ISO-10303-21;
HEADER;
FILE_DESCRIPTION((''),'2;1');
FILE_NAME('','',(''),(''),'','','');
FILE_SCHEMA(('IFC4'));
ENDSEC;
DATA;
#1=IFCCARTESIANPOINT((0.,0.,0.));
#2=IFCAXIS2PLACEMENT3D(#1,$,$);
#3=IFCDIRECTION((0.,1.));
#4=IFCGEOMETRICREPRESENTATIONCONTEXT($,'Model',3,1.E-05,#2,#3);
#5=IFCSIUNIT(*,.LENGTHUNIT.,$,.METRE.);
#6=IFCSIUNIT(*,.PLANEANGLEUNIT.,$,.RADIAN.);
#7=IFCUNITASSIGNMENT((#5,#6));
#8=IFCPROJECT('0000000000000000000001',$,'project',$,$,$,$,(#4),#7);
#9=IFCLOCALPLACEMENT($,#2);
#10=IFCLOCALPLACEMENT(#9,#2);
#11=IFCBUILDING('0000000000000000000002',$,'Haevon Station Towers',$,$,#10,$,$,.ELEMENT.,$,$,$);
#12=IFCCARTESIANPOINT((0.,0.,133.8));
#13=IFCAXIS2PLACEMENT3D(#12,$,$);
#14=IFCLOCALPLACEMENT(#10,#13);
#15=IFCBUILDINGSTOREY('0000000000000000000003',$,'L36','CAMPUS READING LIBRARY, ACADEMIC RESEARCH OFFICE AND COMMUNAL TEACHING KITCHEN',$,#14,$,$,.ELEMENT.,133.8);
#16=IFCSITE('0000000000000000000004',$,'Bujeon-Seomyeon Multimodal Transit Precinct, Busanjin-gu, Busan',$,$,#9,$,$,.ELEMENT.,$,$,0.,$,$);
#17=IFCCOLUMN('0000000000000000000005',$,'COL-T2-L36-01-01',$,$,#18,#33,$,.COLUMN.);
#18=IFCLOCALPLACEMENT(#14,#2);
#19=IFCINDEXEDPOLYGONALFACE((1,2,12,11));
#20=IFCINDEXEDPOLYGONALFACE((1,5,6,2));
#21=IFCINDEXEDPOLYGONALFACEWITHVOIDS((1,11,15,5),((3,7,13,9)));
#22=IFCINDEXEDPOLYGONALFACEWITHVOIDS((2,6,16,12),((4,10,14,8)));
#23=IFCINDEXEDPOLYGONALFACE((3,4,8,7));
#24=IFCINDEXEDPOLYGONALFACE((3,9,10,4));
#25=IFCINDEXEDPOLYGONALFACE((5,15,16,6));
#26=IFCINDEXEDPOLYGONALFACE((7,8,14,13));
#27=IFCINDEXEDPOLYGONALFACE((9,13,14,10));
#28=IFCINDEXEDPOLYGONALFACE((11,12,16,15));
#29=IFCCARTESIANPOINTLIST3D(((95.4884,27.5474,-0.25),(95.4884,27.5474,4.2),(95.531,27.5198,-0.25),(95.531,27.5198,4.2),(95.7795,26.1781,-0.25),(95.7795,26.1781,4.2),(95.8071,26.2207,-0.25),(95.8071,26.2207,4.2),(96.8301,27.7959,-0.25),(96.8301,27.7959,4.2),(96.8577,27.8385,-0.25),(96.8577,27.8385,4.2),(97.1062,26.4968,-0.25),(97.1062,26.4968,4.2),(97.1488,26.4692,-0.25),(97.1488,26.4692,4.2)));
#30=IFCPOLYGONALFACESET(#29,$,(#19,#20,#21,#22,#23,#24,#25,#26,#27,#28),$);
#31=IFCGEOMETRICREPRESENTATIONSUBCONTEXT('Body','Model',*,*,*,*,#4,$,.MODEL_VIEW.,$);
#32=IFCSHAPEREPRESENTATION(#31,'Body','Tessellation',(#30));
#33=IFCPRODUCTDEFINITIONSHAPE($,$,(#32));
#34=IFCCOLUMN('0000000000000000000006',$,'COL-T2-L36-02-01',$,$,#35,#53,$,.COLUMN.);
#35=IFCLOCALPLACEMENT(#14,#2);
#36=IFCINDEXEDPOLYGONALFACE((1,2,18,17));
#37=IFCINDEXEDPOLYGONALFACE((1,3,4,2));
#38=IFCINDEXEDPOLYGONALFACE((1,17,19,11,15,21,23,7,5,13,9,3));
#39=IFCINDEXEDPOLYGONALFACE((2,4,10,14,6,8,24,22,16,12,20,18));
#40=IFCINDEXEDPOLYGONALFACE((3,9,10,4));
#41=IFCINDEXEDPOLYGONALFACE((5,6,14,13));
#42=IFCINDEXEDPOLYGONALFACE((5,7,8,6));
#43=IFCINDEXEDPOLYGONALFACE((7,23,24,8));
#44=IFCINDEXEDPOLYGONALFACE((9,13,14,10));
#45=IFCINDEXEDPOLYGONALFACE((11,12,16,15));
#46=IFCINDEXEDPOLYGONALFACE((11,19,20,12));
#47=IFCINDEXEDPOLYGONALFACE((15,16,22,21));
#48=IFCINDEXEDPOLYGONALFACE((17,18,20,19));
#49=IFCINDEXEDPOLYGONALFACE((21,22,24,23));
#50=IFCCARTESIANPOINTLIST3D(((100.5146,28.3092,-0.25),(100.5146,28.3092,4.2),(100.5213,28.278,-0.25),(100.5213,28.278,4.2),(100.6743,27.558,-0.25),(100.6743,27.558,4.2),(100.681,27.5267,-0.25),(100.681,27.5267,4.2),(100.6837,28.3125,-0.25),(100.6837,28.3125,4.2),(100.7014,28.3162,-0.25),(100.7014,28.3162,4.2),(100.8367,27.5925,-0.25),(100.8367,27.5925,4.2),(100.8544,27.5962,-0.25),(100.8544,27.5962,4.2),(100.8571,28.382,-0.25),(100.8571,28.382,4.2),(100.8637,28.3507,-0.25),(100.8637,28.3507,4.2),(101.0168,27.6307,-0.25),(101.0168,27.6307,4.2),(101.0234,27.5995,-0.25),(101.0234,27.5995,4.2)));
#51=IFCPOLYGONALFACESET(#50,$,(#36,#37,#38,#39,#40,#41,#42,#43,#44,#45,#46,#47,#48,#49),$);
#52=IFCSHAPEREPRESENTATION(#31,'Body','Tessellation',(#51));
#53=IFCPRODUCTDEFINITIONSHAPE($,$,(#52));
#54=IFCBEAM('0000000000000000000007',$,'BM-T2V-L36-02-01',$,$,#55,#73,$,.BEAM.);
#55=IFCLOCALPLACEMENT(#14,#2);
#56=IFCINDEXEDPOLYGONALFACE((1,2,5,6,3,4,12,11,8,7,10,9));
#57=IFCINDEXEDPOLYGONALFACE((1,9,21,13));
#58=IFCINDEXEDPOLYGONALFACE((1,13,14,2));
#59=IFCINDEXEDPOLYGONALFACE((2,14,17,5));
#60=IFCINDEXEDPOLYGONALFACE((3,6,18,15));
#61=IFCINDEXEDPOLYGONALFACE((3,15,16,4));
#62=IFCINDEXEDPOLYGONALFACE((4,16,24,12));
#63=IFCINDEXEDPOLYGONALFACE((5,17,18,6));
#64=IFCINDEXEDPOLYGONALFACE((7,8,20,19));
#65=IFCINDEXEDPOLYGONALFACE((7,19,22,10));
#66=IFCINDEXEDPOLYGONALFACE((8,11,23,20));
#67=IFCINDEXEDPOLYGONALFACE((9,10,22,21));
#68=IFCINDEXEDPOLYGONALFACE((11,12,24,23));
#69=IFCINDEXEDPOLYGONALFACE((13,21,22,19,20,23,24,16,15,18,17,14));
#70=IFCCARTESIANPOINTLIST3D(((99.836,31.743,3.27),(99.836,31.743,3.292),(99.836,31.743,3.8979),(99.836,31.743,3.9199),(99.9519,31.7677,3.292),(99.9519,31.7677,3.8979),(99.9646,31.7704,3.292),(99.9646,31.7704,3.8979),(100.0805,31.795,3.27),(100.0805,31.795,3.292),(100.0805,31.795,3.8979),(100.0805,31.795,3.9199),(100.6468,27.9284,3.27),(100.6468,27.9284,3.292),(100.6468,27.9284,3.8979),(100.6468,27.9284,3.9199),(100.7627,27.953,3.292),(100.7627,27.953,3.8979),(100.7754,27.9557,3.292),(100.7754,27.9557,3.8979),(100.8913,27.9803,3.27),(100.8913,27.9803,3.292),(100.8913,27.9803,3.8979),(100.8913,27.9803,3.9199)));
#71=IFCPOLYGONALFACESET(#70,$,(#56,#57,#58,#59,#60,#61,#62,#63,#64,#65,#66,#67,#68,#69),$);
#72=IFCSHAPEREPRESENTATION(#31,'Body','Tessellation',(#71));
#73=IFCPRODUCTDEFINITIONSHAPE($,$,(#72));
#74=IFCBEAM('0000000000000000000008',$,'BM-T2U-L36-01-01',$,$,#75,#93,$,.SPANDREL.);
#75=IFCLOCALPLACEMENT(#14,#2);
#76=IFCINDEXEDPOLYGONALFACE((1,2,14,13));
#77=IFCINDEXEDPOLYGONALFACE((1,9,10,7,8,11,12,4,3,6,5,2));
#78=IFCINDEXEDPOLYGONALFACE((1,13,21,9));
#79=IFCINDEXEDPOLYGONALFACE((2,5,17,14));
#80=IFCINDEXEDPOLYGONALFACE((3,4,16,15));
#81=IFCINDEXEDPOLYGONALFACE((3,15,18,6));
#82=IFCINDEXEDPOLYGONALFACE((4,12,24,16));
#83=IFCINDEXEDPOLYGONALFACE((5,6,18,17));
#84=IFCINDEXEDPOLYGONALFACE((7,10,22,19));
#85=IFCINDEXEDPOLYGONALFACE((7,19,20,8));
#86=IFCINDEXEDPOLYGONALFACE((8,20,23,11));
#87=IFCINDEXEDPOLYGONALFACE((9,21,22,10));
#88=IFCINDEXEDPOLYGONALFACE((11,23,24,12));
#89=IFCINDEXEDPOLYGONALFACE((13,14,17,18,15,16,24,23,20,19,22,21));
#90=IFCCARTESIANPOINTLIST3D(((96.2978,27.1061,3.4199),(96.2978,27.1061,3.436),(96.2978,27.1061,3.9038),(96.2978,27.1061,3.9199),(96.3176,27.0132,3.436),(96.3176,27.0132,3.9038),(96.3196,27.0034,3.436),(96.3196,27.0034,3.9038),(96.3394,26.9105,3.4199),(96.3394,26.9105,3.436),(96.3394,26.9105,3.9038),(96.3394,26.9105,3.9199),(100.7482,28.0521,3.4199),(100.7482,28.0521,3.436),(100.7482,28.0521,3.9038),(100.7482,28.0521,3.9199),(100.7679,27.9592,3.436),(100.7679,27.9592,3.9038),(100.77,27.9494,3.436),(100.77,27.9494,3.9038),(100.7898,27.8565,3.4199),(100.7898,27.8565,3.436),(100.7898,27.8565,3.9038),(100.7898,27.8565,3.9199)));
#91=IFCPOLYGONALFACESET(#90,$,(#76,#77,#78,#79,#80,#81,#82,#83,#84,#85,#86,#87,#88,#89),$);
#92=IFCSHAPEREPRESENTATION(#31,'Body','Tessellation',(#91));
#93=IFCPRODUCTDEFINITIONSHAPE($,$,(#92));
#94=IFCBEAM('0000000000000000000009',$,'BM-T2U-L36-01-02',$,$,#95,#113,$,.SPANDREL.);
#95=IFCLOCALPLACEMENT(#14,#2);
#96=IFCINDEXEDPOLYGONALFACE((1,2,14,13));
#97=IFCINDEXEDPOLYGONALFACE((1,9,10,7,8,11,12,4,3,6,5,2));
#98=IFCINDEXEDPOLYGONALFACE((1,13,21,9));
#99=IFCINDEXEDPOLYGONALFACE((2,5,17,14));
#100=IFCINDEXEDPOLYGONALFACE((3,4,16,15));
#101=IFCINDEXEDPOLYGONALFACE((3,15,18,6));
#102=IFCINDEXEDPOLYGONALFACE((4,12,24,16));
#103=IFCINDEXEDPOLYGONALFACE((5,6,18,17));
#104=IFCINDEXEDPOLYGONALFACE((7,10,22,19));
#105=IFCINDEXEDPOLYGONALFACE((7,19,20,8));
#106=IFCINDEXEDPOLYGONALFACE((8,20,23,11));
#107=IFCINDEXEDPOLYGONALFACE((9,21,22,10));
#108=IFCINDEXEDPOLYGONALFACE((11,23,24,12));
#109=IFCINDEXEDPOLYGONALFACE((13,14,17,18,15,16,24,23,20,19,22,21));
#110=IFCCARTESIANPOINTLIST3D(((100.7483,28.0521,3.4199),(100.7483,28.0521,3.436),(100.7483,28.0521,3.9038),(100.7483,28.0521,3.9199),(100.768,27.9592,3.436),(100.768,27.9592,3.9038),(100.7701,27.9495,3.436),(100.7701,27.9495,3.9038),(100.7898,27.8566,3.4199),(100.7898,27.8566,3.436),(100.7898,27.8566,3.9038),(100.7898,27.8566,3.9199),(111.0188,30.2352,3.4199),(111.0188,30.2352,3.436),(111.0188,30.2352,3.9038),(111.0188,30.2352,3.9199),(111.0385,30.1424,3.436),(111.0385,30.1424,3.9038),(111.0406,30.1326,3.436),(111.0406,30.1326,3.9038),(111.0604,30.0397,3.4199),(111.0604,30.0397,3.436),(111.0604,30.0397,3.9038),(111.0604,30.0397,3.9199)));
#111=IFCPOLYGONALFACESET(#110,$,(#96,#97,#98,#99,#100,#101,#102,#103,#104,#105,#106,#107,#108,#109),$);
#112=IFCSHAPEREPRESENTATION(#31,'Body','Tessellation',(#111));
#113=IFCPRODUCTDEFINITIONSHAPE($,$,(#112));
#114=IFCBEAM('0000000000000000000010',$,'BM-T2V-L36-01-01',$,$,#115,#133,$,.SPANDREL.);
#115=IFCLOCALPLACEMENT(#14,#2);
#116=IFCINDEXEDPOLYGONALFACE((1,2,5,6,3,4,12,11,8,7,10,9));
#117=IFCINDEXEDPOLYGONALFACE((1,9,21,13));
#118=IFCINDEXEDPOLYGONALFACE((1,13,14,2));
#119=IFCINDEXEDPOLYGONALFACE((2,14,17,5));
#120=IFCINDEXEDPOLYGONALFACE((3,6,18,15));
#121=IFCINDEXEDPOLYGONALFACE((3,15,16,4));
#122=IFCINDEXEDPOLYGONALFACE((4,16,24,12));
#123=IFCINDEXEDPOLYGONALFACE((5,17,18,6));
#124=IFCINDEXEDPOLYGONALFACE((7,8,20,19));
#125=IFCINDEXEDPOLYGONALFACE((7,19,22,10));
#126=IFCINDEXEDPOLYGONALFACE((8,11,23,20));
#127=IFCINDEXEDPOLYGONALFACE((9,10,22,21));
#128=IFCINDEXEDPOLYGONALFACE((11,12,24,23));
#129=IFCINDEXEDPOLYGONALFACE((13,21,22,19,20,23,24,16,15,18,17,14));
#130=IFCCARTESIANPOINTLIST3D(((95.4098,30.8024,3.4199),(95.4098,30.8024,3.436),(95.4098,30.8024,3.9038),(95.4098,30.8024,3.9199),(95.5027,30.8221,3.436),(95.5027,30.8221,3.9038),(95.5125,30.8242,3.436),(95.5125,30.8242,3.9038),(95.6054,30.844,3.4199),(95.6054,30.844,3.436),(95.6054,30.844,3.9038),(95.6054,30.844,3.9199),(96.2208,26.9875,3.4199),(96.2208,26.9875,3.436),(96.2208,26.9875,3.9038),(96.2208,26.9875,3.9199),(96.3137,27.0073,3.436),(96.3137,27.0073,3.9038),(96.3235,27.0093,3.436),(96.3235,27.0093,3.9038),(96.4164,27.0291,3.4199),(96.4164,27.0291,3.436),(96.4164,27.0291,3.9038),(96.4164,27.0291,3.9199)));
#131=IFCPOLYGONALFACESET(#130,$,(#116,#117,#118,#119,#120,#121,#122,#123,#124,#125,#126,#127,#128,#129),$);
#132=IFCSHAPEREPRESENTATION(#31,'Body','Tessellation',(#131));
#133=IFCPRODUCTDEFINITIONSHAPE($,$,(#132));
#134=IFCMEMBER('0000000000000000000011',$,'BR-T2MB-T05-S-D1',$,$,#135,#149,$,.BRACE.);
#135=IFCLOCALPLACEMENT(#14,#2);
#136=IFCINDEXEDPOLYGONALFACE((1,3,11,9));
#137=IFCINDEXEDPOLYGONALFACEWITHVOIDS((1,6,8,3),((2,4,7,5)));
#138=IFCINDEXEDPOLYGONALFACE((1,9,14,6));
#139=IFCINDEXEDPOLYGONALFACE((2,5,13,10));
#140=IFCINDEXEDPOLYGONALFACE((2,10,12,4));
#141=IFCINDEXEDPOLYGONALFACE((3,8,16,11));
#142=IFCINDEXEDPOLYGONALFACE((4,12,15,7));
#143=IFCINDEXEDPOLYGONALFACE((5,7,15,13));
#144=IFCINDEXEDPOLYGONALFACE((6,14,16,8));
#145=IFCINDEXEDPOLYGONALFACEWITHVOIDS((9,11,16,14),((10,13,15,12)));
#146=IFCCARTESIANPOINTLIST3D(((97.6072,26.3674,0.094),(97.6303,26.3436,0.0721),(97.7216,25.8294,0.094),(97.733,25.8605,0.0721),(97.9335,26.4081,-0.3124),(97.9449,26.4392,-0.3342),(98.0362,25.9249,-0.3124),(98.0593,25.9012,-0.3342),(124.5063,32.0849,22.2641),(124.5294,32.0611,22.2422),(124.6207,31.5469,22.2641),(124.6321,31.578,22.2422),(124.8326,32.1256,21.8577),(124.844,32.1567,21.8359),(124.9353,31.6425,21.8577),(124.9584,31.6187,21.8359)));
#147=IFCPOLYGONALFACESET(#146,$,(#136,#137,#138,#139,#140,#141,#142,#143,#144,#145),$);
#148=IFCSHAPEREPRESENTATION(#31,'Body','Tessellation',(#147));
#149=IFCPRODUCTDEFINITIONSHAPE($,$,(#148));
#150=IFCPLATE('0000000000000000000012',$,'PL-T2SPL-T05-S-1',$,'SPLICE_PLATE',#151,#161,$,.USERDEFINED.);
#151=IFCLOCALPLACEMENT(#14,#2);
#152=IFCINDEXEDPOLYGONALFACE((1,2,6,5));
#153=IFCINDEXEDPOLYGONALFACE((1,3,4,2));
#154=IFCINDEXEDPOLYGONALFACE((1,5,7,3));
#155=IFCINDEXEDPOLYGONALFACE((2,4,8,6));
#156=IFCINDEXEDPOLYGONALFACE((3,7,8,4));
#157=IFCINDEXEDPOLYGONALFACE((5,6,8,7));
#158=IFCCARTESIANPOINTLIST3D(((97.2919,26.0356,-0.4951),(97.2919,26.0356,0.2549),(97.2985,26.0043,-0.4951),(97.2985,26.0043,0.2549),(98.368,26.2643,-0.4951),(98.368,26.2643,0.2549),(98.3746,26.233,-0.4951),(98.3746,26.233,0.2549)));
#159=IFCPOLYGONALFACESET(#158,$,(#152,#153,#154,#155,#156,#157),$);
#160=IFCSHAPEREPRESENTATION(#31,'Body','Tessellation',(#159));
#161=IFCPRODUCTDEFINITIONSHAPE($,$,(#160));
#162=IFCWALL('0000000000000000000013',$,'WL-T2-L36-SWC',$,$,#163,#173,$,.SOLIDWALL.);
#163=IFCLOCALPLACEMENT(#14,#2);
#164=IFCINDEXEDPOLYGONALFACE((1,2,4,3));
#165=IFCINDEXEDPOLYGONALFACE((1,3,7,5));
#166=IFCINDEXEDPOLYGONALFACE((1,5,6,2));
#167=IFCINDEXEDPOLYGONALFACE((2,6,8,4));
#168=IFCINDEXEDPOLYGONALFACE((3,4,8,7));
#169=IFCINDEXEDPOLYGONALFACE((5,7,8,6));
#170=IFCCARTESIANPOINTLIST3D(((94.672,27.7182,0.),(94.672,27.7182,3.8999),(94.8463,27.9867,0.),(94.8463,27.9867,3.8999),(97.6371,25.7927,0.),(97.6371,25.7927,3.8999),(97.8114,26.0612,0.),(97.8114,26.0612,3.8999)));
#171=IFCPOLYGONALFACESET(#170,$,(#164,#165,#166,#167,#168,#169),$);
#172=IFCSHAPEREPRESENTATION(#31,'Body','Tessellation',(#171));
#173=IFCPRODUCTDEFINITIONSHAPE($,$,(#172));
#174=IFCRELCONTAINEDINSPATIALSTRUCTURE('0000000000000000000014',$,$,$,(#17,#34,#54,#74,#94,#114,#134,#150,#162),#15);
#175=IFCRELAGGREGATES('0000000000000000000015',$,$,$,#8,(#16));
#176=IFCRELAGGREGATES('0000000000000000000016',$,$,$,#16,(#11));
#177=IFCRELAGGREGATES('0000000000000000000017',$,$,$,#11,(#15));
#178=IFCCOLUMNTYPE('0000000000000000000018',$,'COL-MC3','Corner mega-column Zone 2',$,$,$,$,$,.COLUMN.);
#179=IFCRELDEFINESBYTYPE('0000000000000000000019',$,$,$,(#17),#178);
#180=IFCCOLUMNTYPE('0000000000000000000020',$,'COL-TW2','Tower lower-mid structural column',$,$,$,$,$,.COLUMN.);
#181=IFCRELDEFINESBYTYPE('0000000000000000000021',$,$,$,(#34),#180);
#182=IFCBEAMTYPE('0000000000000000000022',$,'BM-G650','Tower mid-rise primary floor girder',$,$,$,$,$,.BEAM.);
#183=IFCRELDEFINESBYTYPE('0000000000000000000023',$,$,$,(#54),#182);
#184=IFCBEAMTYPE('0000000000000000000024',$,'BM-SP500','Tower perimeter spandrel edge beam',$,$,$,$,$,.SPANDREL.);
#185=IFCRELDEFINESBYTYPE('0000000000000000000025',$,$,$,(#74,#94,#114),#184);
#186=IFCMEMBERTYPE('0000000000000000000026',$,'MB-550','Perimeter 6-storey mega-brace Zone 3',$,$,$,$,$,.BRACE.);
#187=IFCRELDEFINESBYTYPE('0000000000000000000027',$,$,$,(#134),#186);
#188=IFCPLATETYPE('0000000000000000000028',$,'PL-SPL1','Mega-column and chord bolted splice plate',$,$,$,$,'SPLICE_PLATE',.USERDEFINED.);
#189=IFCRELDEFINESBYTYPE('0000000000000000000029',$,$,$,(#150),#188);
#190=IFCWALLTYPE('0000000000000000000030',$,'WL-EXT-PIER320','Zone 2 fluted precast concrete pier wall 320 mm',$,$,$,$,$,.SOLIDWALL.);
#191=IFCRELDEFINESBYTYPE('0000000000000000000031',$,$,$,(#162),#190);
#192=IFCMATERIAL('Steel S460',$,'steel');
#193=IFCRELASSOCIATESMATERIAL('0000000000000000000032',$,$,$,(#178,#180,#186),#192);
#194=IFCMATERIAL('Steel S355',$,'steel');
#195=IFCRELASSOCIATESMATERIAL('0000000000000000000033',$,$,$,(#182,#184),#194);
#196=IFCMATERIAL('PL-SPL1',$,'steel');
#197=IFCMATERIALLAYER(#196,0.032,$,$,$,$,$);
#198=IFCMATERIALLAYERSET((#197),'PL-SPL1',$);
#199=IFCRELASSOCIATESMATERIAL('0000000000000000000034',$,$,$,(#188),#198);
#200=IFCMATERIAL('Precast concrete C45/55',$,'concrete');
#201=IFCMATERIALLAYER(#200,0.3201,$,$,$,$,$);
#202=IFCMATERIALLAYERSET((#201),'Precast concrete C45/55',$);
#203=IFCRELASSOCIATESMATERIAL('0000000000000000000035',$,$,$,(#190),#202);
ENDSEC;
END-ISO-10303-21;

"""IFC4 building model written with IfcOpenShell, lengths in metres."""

from ifc_helpers import new_model, si_unit, direction, frame, frame_2d, origin, origin_2d, place, context, subcontext, project, spatial, rectangle, hollow_rectangle, i_section, extrude, material, layer, layer_set, material_profile, profile_set, type_object, element, save


model = new_model("IFC4")

# Units and contexts
model_context = context("Model", 3, precision=1e-05, world=origin(), true_north=direction((0.0, 1.0)))
body_context = subcontext(model_context, "Body", "Model", "MODEL_VIEW")
ifc_project = project(units=[si_unit("LENGTHUNIT", "METRE"), si_unit("PLANEANGLEUNIT", "RADIAN")], contexts=[model_context])

# Site, building, storey
site_placement = place(None, origin())
site = spatial("IfcSite", under=ifc_project, at=site_placement, Name="Bujeon-Seomyeon Multimodal Transit Precinct, Busanjin-gu, Busan", CompositionType="ELEMENT", RefElevation=0.0)
building_placement = place(site_placement, origin())
building = spatial("IfcBuilding", under=site, at=building_placement, Name="Haevon Station Towers", CompositionType="ELEMENT")
storey_placement = place(building_placement, frame((0.0, 0.0, 133.8)))
storey = spatial("IfcBuildingStorey", under=building, at=storey_placement, Name="L36", Description="CAMPUS READING LIBRARY, ACADEMIC RESEARCH OFFICE AND COMMUNAL TEACHING KITCHEN", CompositionType="ELEMENT", Elevation=133.8)

# Columns
ifc_material_1 = material(Name="Steel S460", Category="steel")
ifc_material_profile_1 = material_profile(ifc_material_1, hollow_rectangle(XDim=1.3999, YDim=1.3999, WallThickness=0.0359, at=origin_2d()), Name="BOX-1400x1400x36")
ifc_profile_set_1 = profile_set([ifc_material_profile_1], Name="Steel S460")
column_type_1 = type_object("IfcColumnType", Name="COL-MC3", Description="Corner mega-column Zone 2", PredefinedType="COLUMN", material=ifc_profile_set_1)
column_1_placement = place(storey_placement, frame((96.3186, 27.0083, -0.25), z_axis=(0.0, 0.0, 1.0), x_axis=(0.978148, 0.207912, 0.0)))
element("IfcColumn", 1, at=column_1_placement, inside=storey, type_object=column_type_1, Name="COL-T2-L36-01-01", PredefinedType="COLUMN", context=body_context, shape_type="SweptSolid", body=[
    extrude(hollow_rectangle(XDim=1.3999, YDim=1.3999, WallThickness=0.0359, at=origin_2d()), origin(), (0.0, 0.0, 1.0), 4.45),
])
ifc_material_profile_2 = material_profile(ifc_material_1, i_section(OverallWidth=0.3501, OverallDepth=0.8, WebThickness=0.0181, FlangeThickness=0.032, at=origin_2d()), Name="H-800x350x18x32")
ifc_profile_set_2 = profile_set([ifc_material_profile_2], Name="Steel S460")
column_type_2 = type_object("IfcColumnType", Name="COL-TW2", Description="Tower lower-mid structural column", PredefinedType="COLUMN", material=ifc_profile_set_2)
column_2_placement = place(storey_placement, frame((100.769, 27.9543, -0.25), z_axis=(0.0, 0.0, 1.0), x_axis=(0.978148, 0.207912, 0.0)))
element("IfcColumn", 2, at=column_2_placement, inside=storey, type_object=column_type_2, Name="COL-T2-L36-02-01", PredefinedType="COLUMN", context=body_context, shape_type="SweptSolid", body=[
    extrude(i_section(OverallWidth=0.3501, OverallDepth=0.8, WebThickness=0.0181, FlangeThickness=0.032, at=origin_2d()), origin(), (0.0, 0.0, 1.0), 4.45),
])

# Beams
ifc_material_2 = material(Name="Steel S355", Category="steel")
ifc_material_profile_3 = material_profile(ifc_material_2, i_section(OverallWidth=0.25, OverallDepth=0.6499, WebThickness=0.0129, FlangeThickness=0.022, at=origin_2d()), Name="H-650x250x13x22")
ifc_profile_set_3 = profile_set([ifc_material_profile_3], Name="Steel S355")
beam_type_1 = type_object("IfcBeamType", Name="BM-G650", Description="Tower mid-rise primary floor girder", PredefinedType="BEAM", material=ifc_profile_set_3)
beam_1_placement = place(storey_placement, frame((100.769, 27.9543, 3.595), z_axis=(-0.2079, 0.97815, 0.0), x_axis=(-0.97815, -0.2079, 0.0)))
element("IfcBeam", 3, at=beam_1_placement, inside=storey, type_object=beam_type_1, Name="BM-T2V-L36-02-01", PredefinedType="BEAM", context=body_context, shape_type="SweptSolid", body=[
    extrude(i_section(OverallWidth=0.25, OverallDepth=0.6499, WebThickness=0.0129, FlangeThickness=0.022, at=origin_2d()), origin(), (0.0, 0.0, 1.0), 3.8999),
])
ifc_material_profile_4 = material_profile(ifc_material_2, i_section(OverallWidth=0.2, OverallDepth=0.5, WebThickness=0.01, FlangeThickness=0.0161, at=origin_2d()), Name="H-500x200x10x16")
ifc_profile_set_4 = profile_set([ifc_material_profile_4], Name="Steel S355")
beam_type_2 = type_object("IfcBeamType", Name="BM-SP500", Description="Tower perimeter spandrel edge beam", PredefinedType="SPANDREL", material=ifc_profile_set_4)
beam_2_placement = place(storey_placement, frame((96.3186, 27.0083, 3.6699), z_axis=(0.978144, 0.207927, 0.0), x_axis=(-0.207927, 0.978144, 0.0)))
element("IfcBeam", 4, at=beam_2_placement, inside=storey, type_object=beam_type_2, Name="BM-T2U-L36-01-01", PredefinedType="SPANDREL", context=body_context, shape_type="SweptSolid", body=[
    extrude(i_section(OverallWidth=0.2, OverallDepth=0.5, WebThickness=0.01, FlangeThickness=0.0161, at=origin_2d()), origin(), (0.0, 0.0, 1.0), 4.5498),
])
beam_3_placement = place(storey_placement, frame((100.769, 27.9543, 3.6699), z_axis=(0.978147, 0.207915, 0.0), x_axis=(-0.207915, 0.978147, 0.0)))
element("IfcBeam", 5, at=beam_3_placement, inside=storey, type_object=beam_type_2, Name="BM-T2U-L36-01-02", PredefinedType="SPANDREL", context=body_context, shape_type="SweptSolid", body=[
    extrude(i_section(OverallWidth=0.2, OverallDepth=0.5, WebThickness=0.01, FlangeThickness=0.0161, at=origin_2d()), origin(), (0.0, 0.0, 1.0), 10.5),
])
beam_4_placement = place(storey_placement, frame((96.3186, 27.0083, 3.6699), z_axis=(-0.207947, 0.97814, 0.0), x_axis=(-0.97814, -0.207947, 0.0)))
element("IfcBeam", 6, at=beam_4_placement, inside=storey, type_object=beam_type_2, Name="BM-T2V-L36-01-01", PredefinedType="SPANDREL", context=body_context, shape_type="SweptSolid", body=[
    extrude(i_section(OverallWidth=0.2, OverallDepth=0.5, WebThickness=0.01, FlangeThickness=0.0161, at=origin_2d()), origin(), (0.0, 0.0, 1.0), 3.9001),
])

# Member
ifc_material_profile_5 = material_profile(ifc_material_1, hollow_rectangle(XDim=0.55, YDim=0.55, WallThickness=0.0281, at=origin_2d()), Name="RHS-550x550x28")
ifc_profile_set_5 = profile_set([ifc_material_profile_5], Name="Steel S460")
member_type = type_object("IfcMemberType", Name="MB-550", Description="Perimeter 6-storey mega-brace Zone 3", PredefinedType="BRACE", material=ifc_profile_set_5)
member_placement = place(storey_placement, frame((97.8333, 26.1343, -0.1201), z_axis=(0.761502, 0.16186, 0.627627), x_axis=(-0.207909, 0.978148, 0.0)))
element("IfcMember", 7, at=member_placement, inside=storey, type_object=member_type, Name="BR-T2MB-T05-S-D1", PredefinedType="BRACE", context=body_context, shape_type="SweptSolid", body=[
    extrude(hollow_rectangle(XDim=0.55, YDim=0.55, WallThickness=0.0281, at=origin_2d()), origin(), (0.0, 0.0, 1.0), 35.3237),
])

# Plate
ifc_material_3 = material(Name="PL-SPL1", Category="steel")
ifc_layer_1 = layer(ifc_material_3, 0.032)
ifc_layer_set_1 = layer_set([ifc_layer_1], Name="PL-SPL1")
plate_type = type_object("IfcPlateType", Name="PL-SPL1", Description="Mega-column and chord bolted splice plate", ElementType="SPLICE_PLATE", PredefinedType="USERDEFINED", material=ifc_layer_set_1)
plate_placement = place(storey_placement, frame((97.8333, 26.1343, -0.4951), z_axis=(0.0, 0.0, 1.0), x_axis=(0.978148, 0.207912, 0.0)))
element("IfcPlate", 8, at=plate_placement, inside=storey, type_object=plate_type, Name="PL-T2SPL-T05-S-1", ObjectType="SPLICE_PLATE", PredefinedType="USERDEFINED", context=body_context, shape_type="SweptSolid", body=[
    extrude(rectangle(XDim=1.1001, YDim=0.032, at=origin_2d()), origin(), (0.0, 0.0, 1.0), 0.75),
])

# Wall
ifc_material_4 = material(Name="Precast concrete C45/55", Category="concrete")
ifc_layer_2 = layer(ifc_material_4, 0.3201)
ifc_layer_set_2 = layer_set([ifc_layer_2], Name="Precast concrete C45/55")
wall_type_1 = type_object("IfcWallType", Name="WL-EXT-PIER320", Description="Zone 2 fluted precast concrete pier wall 320 mm", PredefinedType="SOLIDWALL", material=ifc_layer_set_2)
wall_1_placement = place(storey_placement, frame((97.7241, 25.927, 0.0), z_axis=(0.0, 0.0, 1.0), x_axis=(-0.838672, 0.544636, 0.0)))
element("IfcWall", 9, at=wall_1_placement, inside=storey, type_object=wall_type_1, Name="WL-T2-L36-SWC", PredefinedType="SOLIDWALL", context=body_context, shape_type="SweptSolid", body=[
    extrude(rectangle(XDim=3.5354, YDim=0.3201, at=frame_2d((1.7676, 0.0))), origin(), (0.0, 0.0, 1.0), 3.8999),
])

save(model, "model.ifc")
